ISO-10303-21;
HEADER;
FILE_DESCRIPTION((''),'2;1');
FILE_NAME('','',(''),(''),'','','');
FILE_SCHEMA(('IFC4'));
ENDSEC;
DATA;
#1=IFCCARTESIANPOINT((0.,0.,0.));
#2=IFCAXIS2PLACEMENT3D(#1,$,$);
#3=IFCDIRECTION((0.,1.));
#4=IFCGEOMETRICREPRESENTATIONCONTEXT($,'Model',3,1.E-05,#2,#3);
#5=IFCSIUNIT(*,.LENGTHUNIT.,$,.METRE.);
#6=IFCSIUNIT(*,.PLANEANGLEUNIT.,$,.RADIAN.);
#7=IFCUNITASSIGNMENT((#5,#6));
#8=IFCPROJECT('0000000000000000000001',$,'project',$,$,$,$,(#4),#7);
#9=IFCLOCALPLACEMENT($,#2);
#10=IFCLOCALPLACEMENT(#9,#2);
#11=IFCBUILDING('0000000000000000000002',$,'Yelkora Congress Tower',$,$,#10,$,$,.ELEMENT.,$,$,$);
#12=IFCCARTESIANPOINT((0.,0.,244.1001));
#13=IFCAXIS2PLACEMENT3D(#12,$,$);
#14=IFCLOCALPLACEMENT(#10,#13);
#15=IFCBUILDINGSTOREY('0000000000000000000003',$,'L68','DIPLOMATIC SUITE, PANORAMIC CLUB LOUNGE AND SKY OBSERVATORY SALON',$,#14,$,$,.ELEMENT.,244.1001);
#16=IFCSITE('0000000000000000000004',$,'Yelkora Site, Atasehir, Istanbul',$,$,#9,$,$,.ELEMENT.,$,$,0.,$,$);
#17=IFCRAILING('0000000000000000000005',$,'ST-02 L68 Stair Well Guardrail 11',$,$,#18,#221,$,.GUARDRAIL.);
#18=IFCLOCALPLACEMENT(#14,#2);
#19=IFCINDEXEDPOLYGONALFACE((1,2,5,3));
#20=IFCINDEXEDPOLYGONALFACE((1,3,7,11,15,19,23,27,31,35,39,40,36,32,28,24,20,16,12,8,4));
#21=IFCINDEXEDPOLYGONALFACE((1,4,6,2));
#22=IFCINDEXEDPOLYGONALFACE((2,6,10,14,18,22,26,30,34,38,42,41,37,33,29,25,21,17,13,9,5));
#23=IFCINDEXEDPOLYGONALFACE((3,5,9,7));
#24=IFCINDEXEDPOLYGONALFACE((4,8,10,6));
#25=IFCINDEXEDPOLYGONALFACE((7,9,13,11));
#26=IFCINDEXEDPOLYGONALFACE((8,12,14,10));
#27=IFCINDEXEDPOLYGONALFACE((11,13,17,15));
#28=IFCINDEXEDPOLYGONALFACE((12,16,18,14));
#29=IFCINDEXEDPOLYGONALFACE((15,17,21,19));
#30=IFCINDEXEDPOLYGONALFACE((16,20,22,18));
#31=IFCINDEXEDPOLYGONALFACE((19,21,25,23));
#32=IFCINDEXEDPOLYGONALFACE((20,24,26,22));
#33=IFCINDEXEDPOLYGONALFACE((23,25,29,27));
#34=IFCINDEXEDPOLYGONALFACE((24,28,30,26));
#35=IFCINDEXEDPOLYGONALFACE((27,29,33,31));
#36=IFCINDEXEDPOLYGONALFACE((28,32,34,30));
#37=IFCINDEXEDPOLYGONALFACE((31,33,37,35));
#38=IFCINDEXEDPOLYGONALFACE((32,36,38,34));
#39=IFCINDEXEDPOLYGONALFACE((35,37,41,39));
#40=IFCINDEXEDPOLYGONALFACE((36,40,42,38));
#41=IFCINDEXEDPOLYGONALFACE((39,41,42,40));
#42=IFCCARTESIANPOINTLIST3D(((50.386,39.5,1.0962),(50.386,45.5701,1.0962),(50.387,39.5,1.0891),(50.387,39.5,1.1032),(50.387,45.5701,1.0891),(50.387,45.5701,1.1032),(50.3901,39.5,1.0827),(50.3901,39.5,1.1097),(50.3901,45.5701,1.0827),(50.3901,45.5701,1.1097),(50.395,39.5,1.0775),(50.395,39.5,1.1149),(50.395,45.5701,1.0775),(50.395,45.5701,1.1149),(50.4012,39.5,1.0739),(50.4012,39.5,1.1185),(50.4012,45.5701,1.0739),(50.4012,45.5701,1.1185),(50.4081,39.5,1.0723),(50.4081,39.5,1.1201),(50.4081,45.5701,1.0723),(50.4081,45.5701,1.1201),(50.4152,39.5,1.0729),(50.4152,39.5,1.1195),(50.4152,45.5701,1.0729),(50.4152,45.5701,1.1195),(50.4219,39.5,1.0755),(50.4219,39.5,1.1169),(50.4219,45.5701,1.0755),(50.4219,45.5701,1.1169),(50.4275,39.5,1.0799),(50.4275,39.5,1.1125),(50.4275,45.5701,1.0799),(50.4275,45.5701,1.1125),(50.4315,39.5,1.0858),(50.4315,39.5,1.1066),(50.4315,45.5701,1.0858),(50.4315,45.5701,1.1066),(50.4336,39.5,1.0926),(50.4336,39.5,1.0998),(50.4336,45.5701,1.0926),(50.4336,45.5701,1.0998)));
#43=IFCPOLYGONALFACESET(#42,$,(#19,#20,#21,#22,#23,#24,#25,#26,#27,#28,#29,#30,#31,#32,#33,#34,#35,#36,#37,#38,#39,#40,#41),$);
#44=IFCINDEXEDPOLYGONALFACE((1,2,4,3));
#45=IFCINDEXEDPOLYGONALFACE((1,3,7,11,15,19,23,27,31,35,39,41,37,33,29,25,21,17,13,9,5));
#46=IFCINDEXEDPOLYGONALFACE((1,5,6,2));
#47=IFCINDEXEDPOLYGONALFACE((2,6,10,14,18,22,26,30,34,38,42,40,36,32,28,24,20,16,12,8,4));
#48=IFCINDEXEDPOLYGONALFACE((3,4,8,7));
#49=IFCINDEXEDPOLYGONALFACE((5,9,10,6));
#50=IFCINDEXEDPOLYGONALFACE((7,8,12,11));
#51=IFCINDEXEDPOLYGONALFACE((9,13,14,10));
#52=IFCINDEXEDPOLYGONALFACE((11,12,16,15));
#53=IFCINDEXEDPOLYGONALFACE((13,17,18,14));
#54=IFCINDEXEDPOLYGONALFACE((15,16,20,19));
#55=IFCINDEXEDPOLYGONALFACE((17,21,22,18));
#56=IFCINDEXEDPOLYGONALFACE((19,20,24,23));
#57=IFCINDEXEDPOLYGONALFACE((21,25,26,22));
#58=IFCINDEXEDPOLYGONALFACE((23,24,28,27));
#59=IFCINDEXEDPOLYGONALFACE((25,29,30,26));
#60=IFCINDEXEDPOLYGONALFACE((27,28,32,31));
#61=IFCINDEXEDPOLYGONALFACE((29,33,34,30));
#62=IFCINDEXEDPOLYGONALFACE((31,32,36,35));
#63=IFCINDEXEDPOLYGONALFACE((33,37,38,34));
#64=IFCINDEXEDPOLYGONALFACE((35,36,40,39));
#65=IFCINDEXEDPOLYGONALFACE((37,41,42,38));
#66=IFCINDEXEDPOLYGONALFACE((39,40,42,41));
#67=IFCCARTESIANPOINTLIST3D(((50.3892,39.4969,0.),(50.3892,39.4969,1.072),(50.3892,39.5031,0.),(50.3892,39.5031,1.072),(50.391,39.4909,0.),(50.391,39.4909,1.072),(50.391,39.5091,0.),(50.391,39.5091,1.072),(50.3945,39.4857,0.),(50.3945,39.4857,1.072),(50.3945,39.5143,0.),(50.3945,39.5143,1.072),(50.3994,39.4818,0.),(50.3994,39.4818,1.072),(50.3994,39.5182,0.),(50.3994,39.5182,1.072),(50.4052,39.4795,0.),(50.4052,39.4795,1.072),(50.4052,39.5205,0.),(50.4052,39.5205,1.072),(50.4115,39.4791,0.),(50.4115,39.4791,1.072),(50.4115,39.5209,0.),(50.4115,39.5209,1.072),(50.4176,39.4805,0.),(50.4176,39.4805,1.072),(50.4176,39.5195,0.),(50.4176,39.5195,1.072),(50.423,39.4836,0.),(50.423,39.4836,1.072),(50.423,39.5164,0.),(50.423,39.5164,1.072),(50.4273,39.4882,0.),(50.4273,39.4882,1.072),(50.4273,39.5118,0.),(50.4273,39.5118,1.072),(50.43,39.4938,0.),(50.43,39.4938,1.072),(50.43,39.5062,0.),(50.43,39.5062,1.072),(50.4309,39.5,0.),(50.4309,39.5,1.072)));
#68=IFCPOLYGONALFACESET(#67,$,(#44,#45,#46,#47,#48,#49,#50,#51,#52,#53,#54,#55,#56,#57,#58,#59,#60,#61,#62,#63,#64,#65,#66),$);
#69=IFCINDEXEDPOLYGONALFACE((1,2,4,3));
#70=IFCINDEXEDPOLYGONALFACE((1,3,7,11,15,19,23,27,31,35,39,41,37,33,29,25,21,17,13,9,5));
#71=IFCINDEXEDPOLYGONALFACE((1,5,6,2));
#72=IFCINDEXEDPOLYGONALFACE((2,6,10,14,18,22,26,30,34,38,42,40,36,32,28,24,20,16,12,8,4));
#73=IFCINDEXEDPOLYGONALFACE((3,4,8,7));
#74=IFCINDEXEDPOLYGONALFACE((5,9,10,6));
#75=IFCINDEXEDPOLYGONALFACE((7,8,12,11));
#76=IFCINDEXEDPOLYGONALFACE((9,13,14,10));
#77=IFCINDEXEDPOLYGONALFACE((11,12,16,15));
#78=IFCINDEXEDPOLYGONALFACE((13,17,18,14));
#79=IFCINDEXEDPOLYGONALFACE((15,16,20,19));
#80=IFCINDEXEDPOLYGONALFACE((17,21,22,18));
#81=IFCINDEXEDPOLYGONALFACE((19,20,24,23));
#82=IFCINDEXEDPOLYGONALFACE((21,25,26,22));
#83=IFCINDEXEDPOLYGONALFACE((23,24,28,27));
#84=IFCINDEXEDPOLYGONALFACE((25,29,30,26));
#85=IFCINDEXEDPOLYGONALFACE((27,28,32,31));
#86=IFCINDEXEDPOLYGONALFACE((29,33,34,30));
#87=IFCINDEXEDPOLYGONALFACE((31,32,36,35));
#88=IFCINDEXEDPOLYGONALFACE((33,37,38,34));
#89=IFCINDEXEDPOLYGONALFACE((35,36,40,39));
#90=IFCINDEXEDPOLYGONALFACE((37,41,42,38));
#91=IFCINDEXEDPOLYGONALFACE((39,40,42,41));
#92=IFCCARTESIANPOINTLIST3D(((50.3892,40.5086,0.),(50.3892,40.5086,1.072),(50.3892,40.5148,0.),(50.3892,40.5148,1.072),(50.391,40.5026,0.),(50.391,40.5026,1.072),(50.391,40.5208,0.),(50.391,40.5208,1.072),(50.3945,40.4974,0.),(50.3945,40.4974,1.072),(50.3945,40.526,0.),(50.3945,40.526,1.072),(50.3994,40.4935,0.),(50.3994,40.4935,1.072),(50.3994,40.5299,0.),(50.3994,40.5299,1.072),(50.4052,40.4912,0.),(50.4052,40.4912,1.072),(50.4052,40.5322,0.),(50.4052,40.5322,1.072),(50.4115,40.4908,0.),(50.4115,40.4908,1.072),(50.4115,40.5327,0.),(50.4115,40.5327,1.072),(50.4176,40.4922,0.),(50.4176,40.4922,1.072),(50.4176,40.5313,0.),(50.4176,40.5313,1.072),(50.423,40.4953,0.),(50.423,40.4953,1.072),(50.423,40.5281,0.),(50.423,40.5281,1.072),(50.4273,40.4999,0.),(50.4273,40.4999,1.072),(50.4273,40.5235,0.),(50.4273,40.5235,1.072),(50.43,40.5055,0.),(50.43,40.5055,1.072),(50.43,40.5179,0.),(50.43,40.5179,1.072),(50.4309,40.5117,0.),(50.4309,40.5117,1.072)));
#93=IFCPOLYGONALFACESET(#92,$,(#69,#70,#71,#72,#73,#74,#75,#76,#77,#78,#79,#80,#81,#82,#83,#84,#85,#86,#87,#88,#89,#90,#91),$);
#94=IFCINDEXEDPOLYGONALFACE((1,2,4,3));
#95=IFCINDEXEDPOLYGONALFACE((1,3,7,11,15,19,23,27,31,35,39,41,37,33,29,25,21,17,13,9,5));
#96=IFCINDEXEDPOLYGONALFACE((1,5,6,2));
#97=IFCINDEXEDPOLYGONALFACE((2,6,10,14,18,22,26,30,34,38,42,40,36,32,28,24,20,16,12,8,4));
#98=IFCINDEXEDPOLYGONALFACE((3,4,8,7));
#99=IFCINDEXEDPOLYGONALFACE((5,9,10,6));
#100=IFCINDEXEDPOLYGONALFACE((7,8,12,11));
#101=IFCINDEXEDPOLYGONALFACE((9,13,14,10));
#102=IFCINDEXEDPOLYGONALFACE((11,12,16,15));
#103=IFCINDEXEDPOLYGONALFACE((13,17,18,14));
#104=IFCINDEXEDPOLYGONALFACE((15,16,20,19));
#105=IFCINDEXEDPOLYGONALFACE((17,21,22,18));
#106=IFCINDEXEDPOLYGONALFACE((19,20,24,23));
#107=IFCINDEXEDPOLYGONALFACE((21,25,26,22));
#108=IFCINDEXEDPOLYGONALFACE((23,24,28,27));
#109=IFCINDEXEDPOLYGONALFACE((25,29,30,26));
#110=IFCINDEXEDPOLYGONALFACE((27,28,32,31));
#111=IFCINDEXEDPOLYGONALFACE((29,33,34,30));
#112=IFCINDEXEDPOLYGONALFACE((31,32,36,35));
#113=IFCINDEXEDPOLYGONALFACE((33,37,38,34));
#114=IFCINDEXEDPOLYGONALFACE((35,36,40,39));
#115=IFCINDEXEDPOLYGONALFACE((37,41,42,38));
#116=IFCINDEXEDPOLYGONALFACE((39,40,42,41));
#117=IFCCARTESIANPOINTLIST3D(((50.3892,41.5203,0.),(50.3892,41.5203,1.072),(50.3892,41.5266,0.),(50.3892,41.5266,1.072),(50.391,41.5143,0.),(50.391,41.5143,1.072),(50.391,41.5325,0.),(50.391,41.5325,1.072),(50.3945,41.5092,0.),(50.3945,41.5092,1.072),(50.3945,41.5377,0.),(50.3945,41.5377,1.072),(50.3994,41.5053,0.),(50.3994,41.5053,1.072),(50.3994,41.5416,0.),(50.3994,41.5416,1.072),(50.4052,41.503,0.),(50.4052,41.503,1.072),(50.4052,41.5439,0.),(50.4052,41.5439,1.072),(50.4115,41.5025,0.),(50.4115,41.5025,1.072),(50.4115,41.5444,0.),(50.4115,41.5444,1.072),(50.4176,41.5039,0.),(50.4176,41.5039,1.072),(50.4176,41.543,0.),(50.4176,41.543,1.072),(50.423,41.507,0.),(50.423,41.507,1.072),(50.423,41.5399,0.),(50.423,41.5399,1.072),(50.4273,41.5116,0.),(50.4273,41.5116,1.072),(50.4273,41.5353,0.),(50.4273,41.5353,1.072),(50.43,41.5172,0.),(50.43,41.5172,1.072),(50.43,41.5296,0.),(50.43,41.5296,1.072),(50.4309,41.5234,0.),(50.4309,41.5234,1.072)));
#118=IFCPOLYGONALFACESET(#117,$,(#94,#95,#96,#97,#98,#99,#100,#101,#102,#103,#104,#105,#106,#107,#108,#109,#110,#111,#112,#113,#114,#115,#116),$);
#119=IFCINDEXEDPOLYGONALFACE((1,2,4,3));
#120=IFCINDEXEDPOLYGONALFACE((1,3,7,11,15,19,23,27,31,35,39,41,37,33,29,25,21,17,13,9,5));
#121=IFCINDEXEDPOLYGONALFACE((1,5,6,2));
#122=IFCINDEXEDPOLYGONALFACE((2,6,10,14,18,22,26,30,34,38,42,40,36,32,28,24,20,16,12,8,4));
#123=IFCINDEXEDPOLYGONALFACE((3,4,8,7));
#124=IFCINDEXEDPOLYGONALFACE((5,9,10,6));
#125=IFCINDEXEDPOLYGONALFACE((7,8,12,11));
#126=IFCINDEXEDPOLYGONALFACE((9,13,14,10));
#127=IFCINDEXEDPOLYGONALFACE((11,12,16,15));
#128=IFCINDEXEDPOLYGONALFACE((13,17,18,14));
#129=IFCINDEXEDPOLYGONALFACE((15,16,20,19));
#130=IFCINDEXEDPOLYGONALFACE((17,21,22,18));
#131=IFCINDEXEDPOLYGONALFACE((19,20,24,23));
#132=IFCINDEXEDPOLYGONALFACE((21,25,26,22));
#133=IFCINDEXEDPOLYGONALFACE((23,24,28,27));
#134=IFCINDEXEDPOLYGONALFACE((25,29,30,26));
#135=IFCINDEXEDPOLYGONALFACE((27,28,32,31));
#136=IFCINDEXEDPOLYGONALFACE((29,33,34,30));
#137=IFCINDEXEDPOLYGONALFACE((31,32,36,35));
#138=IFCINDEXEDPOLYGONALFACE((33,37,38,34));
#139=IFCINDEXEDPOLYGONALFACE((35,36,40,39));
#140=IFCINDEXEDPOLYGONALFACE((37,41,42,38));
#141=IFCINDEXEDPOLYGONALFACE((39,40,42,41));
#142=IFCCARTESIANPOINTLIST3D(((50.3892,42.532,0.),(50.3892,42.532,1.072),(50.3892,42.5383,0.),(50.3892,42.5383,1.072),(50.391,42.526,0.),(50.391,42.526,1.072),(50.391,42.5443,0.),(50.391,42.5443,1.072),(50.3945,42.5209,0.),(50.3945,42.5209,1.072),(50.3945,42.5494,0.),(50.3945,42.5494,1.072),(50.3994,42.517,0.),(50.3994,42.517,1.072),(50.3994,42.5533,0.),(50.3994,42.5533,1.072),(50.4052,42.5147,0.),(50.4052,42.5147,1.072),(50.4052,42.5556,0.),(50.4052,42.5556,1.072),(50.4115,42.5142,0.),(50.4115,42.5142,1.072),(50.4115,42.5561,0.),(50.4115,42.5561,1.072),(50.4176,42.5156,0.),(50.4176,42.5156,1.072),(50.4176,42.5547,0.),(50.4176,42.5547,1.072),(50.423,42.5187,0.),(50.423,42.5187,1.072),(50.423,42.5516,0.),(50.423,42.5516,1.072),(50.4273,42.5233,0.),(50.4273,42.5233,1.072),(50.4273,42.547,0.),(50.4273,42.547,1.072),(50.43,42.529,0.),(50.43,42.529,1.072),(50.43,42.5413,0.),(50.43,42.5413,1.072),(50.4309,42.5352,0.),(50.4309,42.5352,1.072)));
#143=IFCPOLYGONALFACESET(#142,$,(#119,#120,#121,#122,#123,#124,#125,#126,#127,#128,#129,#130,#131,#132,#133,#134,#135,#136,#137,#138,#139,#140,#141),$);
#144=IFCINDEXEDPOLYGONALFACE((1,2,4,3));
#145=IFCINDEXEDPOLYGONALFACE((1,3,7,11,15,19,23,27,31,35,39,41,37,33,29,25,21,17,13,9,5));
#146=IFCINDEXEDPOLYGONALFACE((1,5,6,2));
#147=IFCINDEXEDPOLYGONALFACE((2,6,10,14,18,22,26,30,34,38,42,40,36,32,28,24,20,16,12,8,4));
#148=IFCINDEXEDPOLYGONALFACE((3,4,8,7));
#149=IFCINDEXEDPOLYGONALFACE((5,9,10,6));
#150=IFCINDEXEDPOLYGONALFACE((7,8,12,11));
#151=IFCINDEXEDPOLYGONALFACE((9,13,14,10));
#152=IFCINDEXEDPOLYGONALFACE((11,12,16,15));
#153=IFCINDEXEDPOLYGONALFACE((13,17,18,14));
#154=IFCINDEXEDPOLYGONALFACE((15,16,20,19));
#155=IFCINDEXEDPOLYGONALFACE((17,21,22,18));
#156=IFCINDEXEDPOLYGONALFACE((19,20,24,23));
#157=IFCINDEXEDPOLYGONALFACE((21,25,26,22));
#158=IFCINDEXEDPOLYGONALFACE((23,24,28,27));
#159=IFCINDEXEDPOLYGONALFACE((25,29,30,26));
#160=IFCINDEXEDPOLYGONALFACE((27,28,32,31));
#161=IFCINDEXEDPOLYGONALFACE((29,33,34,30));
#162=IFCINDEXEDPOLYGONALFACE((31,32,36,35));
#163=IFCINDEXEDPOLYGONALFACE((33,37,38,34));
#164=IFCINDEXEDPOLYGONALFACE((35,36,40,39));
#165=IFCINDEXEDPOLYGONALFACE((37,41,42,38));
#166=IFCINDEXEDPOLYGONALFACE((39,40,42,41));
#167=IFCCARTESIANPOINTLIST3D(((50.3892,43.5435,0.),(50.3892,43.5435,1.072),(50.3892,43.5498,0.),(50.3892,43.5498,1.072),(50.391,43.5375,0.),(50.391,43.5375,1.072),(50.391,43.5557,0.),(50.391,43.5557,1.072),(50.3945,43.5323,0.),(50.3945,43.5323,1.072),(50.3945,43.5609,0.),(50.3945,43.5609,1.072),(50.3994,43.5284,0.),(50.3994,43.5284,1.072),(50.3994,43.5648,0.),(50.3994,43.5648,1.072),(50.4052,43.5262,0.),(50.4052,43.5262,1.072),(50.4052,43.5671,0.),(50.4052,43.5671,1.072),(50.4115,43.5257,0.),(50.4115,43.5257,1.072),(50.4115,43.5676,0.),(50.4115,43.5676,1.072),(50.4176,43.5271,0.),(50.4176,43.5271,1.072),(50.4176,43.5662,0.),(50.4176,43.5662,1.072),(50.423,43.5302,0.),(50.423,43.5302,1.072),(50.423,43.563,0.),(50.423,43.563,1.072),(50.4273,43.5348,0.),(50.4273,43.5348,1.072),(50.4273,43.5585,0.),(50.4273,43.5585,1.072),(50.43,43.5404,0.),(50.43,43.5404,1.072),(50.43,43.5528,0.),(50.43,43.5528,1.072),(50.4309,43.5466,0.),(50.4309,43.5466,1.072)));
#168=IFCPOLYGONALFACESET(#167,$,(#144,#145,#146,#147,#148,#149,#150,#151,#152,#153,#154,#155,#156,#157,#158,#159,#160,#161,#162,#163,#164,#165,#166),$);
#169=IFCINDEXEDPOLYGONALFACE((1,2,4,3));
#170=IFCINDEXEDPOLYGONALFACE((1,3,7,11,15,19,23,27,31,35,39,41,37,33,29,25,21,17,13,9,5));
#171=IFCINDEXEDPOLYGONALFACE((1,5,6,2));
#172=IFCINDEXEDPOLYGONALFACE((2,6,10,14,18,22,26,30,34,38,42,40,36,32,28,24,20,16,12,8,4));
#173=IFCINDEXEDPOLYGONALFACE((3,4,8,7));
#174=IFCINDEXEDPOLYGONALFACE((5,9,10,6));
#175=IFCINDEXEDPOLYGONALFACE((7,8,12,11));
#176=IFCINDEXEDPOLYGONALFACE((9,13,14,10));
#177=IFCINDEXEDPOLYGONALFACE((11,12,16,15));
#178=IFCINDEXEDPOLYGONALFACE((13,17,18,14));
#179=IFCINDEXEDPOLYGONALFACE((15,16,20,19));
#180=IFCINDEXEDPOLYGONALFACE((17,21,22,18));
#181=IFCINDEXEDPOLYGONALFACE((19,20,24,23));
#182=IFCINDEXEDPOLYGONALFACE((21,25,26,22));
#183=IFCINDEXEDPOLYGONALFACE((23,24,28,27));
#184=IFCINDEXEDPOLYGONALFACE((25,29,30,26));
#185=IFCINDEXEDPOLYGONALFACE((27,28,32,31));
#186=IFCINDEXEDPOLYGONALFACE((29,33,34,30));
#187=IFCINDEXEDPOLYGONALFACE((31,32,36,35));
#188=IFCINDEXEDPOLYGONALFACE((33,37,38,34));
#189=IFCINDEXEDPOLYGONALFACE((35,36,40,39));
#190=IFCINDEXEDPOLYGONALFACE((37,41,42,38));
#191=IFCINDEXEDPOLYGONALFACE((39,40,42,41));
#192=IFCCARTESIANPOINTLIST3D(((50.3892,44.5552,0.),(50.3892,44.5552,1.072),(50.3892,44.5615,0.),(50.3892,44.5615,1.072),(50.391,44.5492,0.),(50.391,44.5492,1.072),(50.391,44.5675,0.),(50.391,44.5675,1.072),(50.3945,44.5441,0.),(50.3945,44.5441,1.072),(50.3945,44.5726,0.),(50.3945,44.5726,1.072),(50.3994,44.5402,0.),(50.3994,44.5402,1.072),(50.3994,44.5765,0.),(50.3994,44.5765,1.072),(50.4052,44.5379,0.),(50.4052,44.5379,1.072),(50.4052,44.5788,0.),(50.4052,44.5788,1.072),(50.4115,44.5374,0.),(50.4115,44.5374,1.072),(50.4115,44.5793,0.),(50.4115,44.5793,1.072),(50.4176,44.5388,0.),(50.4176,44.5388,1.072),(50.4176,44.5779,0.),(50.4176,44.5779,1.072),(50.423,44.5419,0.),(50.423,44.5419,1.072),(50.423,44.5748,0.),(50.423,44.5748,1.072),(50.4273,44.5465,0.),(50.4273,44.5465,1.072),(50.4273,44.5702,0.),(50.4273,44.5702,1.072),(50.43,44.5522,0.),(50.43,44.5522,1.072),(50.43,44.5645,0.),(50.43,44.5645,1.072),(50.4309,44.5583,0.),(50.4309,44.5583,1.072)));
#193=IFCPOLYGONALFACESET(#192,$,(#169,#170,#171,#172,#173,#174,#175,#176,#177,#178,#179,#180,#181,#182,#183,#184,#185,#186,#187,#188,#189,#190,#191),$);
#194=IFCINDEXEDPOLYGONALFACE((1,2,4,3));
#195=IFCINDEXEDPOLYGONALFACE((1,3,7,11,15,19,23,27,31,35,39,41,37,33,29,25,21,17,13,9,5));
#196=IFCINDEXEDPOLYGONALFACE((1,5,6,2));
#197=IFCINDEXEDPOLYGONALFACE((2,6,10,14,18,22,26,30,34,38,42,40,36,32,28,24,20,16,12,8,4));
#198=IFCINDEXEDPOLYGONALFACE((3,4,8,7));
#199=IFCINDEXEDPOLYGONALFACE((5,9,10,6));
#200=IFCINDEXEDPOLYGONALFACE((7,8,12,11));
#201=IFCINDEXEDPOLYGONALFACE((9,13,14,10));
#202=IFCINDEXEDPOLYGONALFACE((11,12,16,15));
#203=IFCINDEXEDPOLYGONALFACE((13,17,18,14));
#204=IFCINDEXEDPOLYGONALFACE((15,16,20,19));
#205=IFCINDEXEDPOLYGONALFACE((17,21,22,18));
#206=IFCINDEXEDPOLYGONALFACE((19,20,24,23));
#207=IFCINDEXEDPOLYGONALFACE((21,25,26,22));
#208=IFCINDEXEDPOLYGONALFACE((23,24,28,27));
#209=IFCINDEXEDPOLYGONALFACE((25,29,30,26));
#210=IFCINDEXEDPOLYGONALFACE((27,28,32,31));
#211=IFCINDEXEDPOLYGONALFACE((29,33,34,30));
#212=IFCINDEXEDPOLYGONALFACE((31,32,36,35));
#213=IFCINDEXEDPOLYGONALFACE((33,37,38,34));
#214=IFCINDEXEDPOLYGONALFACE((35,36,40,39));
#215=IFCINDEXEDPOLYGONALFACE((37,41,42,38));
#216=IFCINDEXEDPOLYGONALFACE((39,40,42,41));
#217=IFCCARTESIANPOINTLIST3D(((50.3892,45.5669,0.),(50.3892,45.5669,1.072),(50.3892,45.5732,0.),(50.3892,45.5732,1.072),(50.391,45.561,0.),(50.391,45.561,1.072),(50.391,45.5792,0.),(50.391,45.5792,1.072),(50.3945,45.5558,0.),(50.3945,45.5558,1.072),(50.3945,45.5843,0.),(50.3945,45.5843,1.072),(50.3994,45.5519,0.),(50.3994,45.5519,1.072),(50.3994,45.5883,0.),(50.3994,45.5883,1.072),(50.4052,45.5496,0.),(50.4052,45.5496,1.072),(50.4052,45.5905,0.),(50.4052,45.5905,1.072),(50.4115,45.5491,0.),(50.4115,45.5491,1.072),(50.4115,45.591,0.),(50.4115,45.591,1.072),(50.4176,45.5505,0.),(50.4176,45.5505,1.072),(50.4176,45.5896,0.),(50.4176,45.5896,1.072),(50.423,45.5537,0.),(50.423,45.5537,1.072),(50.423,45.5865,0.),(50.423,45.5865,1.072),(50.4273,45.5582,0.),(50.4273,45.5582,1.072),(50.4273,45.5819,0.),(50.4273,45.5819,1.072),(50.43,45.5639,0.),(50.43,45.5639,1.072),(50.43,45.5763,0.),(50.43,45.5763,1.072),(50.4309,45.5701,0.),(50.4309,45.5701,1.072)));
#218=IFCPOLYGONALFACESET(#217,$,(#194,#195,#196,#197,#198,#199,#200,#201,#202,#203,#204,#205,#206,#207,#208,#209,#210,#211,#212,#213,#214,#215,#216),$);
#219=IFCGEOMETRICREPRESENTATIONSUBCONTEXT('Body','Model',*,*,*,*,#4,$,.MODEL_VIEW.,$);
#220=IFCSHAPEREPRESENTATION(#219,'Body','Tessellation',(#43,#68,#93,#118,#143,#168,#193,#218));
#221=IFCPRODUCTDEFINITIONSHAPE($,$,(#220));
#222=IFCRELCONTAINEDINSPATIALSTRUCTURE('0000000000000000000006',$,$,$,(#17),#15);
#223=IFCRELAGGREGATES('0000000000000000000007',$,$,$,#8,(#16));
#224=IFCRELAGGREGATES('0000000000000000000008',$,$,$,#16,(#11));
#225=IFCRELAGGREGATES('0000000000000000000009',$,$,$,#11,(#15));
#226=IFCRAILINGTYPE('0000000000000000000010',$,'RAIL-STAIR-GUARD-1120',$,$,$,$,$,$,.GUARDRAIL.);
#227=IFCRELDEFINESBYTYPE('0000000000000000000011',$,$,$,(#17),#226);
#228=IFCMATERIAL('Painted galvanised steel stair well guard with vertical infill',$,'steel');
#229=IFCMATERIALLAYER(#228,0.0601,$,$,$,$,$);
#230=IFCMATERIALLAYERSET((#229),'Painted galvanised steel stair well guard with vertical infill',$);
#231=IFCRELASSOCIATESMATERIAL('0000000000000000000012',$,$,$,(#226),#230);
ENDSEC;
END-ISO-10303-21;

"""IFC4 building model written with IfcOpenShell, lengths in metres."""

from ifc_helpers import new_model, si_unit, direction, frame, origin, origin_2d, place, context, subcontext, project, spatial, circle, extrude, material, layer, layer_set, type_object, element, save


model = new_model("IFC4")

# Units and contexts
model_context = context("Model", 3, precision=1e-05, world=origin(), true_north=direction((0.0, 1.0)))
body_context = subcontext(model_context, "Body", "Model", "MODEL_VIEW")
ifc_project = project(units=[si_unit("LENGTHUNIT", "METRE"), si_unit("PLANEANGLEUNIT", "RADIAN")], contexts=[model_context])

# Site, building, storey
site_placement = place(None, origin())
site = spatial("IfcSite", under=ifc_project, at=site_placement, Name="Yelkora Site, Atasehir, Istanbul", CompositionType="ELEMENT", RefElevation=0.0)
building_placement = place(site_placement, origin())
building = spatial("IfcBuilding", under=site, at=building_placement, Name="Yelkora Congress Tower", CompositionType="ELEMENT")
storey_placement = place(building_placement, frame((0.0, 0.0, 244.1001)))
storey = spatial("IfcBuildingStorey", under=building, at=storey_placement, Name="L68", Description="DIPLOMATIC SUITE, PANORAMIC CLUB LOUNGE AND SKY OBSERVATORY SALON", CompositionType="ELEMENT", Elevation=244.1001)

# Railing
ifc_material_1 = material(Name="Painted galvanised steel stair well guard with vertical infill", Category="steel")
ifc_layer_1 = layer(ifc_material_1, 0.0601)
ifc_layer_set_1 = layer_set([ifc_layer_1], Name="Painted galvanised steel stair well guard with vertical infill")
railing_type_1 = type_object("IfcRailingType", Name="RAIL-STAIR-GUARD-1120", PredefinedType="GUARDRAIL", material=ifc_layer_set_1)
railing_1_placement = place(storey_placement, frame((50.4099, 39.5, 0.0)))
element("IfcRailing", 1, at=railing_1_placement, inside=storey, type_object=railing_type_1, Name="ST-02 L68 Stair Well Guardrail 11", PredefinedType="GUARDRAIL", context=body_context, shape_type="SweptSolid", body=[
    extrude(circle(Radius=0.0239, at=origin_2d()), frame((0.0, 0.0, 1.0962), z_axis=(0.0, 1.0, 0.0), x_axis=(-1.0, 0.0, 0.0)), (0.0, 0.0, 1.0), 6.0701),
    extrude(circle(Radius=0.021, at=origin_2d()), origin(), (0.0, 0.0, 1.0), 1.072),
    extrude(circle(Radius=0.021, at=origin_2d()), frame((0.0, 1.0117, 0.0)), (0.0, 0.0, 1.0), 1.072),
    extrude(circle(Radius=0.021, at=origin_2d()), frame((0.0, 2.0234, 0.0)), (0.0, 0.0, 1.0), 1.072),
    extrude(circle(Radius=0.021, at=origin_2d()), frame((0.0, 3.0352, 0.0)), (0.0, 0.0, 1.0), 1.072),
    extrude(circle(Radius=0.021, at=origin_2d()), frame((0.0, 4.0466, 0.0)), (0.0, 0.0, 1.0), 1.072),
    extrude(circle(Radius=0.021, at=origin_2d()), frame((0.0, 5.0583, 0.0)), (0.0, 0.0, 1.0), 1.072),
    extrude(circle(Radius=0.021, at=origin_2d()), frame((0.0, 6.0701, 0.0)), (0.0, 0.0, 1.0), 1.072),
])

save(model, "model.ifc")
